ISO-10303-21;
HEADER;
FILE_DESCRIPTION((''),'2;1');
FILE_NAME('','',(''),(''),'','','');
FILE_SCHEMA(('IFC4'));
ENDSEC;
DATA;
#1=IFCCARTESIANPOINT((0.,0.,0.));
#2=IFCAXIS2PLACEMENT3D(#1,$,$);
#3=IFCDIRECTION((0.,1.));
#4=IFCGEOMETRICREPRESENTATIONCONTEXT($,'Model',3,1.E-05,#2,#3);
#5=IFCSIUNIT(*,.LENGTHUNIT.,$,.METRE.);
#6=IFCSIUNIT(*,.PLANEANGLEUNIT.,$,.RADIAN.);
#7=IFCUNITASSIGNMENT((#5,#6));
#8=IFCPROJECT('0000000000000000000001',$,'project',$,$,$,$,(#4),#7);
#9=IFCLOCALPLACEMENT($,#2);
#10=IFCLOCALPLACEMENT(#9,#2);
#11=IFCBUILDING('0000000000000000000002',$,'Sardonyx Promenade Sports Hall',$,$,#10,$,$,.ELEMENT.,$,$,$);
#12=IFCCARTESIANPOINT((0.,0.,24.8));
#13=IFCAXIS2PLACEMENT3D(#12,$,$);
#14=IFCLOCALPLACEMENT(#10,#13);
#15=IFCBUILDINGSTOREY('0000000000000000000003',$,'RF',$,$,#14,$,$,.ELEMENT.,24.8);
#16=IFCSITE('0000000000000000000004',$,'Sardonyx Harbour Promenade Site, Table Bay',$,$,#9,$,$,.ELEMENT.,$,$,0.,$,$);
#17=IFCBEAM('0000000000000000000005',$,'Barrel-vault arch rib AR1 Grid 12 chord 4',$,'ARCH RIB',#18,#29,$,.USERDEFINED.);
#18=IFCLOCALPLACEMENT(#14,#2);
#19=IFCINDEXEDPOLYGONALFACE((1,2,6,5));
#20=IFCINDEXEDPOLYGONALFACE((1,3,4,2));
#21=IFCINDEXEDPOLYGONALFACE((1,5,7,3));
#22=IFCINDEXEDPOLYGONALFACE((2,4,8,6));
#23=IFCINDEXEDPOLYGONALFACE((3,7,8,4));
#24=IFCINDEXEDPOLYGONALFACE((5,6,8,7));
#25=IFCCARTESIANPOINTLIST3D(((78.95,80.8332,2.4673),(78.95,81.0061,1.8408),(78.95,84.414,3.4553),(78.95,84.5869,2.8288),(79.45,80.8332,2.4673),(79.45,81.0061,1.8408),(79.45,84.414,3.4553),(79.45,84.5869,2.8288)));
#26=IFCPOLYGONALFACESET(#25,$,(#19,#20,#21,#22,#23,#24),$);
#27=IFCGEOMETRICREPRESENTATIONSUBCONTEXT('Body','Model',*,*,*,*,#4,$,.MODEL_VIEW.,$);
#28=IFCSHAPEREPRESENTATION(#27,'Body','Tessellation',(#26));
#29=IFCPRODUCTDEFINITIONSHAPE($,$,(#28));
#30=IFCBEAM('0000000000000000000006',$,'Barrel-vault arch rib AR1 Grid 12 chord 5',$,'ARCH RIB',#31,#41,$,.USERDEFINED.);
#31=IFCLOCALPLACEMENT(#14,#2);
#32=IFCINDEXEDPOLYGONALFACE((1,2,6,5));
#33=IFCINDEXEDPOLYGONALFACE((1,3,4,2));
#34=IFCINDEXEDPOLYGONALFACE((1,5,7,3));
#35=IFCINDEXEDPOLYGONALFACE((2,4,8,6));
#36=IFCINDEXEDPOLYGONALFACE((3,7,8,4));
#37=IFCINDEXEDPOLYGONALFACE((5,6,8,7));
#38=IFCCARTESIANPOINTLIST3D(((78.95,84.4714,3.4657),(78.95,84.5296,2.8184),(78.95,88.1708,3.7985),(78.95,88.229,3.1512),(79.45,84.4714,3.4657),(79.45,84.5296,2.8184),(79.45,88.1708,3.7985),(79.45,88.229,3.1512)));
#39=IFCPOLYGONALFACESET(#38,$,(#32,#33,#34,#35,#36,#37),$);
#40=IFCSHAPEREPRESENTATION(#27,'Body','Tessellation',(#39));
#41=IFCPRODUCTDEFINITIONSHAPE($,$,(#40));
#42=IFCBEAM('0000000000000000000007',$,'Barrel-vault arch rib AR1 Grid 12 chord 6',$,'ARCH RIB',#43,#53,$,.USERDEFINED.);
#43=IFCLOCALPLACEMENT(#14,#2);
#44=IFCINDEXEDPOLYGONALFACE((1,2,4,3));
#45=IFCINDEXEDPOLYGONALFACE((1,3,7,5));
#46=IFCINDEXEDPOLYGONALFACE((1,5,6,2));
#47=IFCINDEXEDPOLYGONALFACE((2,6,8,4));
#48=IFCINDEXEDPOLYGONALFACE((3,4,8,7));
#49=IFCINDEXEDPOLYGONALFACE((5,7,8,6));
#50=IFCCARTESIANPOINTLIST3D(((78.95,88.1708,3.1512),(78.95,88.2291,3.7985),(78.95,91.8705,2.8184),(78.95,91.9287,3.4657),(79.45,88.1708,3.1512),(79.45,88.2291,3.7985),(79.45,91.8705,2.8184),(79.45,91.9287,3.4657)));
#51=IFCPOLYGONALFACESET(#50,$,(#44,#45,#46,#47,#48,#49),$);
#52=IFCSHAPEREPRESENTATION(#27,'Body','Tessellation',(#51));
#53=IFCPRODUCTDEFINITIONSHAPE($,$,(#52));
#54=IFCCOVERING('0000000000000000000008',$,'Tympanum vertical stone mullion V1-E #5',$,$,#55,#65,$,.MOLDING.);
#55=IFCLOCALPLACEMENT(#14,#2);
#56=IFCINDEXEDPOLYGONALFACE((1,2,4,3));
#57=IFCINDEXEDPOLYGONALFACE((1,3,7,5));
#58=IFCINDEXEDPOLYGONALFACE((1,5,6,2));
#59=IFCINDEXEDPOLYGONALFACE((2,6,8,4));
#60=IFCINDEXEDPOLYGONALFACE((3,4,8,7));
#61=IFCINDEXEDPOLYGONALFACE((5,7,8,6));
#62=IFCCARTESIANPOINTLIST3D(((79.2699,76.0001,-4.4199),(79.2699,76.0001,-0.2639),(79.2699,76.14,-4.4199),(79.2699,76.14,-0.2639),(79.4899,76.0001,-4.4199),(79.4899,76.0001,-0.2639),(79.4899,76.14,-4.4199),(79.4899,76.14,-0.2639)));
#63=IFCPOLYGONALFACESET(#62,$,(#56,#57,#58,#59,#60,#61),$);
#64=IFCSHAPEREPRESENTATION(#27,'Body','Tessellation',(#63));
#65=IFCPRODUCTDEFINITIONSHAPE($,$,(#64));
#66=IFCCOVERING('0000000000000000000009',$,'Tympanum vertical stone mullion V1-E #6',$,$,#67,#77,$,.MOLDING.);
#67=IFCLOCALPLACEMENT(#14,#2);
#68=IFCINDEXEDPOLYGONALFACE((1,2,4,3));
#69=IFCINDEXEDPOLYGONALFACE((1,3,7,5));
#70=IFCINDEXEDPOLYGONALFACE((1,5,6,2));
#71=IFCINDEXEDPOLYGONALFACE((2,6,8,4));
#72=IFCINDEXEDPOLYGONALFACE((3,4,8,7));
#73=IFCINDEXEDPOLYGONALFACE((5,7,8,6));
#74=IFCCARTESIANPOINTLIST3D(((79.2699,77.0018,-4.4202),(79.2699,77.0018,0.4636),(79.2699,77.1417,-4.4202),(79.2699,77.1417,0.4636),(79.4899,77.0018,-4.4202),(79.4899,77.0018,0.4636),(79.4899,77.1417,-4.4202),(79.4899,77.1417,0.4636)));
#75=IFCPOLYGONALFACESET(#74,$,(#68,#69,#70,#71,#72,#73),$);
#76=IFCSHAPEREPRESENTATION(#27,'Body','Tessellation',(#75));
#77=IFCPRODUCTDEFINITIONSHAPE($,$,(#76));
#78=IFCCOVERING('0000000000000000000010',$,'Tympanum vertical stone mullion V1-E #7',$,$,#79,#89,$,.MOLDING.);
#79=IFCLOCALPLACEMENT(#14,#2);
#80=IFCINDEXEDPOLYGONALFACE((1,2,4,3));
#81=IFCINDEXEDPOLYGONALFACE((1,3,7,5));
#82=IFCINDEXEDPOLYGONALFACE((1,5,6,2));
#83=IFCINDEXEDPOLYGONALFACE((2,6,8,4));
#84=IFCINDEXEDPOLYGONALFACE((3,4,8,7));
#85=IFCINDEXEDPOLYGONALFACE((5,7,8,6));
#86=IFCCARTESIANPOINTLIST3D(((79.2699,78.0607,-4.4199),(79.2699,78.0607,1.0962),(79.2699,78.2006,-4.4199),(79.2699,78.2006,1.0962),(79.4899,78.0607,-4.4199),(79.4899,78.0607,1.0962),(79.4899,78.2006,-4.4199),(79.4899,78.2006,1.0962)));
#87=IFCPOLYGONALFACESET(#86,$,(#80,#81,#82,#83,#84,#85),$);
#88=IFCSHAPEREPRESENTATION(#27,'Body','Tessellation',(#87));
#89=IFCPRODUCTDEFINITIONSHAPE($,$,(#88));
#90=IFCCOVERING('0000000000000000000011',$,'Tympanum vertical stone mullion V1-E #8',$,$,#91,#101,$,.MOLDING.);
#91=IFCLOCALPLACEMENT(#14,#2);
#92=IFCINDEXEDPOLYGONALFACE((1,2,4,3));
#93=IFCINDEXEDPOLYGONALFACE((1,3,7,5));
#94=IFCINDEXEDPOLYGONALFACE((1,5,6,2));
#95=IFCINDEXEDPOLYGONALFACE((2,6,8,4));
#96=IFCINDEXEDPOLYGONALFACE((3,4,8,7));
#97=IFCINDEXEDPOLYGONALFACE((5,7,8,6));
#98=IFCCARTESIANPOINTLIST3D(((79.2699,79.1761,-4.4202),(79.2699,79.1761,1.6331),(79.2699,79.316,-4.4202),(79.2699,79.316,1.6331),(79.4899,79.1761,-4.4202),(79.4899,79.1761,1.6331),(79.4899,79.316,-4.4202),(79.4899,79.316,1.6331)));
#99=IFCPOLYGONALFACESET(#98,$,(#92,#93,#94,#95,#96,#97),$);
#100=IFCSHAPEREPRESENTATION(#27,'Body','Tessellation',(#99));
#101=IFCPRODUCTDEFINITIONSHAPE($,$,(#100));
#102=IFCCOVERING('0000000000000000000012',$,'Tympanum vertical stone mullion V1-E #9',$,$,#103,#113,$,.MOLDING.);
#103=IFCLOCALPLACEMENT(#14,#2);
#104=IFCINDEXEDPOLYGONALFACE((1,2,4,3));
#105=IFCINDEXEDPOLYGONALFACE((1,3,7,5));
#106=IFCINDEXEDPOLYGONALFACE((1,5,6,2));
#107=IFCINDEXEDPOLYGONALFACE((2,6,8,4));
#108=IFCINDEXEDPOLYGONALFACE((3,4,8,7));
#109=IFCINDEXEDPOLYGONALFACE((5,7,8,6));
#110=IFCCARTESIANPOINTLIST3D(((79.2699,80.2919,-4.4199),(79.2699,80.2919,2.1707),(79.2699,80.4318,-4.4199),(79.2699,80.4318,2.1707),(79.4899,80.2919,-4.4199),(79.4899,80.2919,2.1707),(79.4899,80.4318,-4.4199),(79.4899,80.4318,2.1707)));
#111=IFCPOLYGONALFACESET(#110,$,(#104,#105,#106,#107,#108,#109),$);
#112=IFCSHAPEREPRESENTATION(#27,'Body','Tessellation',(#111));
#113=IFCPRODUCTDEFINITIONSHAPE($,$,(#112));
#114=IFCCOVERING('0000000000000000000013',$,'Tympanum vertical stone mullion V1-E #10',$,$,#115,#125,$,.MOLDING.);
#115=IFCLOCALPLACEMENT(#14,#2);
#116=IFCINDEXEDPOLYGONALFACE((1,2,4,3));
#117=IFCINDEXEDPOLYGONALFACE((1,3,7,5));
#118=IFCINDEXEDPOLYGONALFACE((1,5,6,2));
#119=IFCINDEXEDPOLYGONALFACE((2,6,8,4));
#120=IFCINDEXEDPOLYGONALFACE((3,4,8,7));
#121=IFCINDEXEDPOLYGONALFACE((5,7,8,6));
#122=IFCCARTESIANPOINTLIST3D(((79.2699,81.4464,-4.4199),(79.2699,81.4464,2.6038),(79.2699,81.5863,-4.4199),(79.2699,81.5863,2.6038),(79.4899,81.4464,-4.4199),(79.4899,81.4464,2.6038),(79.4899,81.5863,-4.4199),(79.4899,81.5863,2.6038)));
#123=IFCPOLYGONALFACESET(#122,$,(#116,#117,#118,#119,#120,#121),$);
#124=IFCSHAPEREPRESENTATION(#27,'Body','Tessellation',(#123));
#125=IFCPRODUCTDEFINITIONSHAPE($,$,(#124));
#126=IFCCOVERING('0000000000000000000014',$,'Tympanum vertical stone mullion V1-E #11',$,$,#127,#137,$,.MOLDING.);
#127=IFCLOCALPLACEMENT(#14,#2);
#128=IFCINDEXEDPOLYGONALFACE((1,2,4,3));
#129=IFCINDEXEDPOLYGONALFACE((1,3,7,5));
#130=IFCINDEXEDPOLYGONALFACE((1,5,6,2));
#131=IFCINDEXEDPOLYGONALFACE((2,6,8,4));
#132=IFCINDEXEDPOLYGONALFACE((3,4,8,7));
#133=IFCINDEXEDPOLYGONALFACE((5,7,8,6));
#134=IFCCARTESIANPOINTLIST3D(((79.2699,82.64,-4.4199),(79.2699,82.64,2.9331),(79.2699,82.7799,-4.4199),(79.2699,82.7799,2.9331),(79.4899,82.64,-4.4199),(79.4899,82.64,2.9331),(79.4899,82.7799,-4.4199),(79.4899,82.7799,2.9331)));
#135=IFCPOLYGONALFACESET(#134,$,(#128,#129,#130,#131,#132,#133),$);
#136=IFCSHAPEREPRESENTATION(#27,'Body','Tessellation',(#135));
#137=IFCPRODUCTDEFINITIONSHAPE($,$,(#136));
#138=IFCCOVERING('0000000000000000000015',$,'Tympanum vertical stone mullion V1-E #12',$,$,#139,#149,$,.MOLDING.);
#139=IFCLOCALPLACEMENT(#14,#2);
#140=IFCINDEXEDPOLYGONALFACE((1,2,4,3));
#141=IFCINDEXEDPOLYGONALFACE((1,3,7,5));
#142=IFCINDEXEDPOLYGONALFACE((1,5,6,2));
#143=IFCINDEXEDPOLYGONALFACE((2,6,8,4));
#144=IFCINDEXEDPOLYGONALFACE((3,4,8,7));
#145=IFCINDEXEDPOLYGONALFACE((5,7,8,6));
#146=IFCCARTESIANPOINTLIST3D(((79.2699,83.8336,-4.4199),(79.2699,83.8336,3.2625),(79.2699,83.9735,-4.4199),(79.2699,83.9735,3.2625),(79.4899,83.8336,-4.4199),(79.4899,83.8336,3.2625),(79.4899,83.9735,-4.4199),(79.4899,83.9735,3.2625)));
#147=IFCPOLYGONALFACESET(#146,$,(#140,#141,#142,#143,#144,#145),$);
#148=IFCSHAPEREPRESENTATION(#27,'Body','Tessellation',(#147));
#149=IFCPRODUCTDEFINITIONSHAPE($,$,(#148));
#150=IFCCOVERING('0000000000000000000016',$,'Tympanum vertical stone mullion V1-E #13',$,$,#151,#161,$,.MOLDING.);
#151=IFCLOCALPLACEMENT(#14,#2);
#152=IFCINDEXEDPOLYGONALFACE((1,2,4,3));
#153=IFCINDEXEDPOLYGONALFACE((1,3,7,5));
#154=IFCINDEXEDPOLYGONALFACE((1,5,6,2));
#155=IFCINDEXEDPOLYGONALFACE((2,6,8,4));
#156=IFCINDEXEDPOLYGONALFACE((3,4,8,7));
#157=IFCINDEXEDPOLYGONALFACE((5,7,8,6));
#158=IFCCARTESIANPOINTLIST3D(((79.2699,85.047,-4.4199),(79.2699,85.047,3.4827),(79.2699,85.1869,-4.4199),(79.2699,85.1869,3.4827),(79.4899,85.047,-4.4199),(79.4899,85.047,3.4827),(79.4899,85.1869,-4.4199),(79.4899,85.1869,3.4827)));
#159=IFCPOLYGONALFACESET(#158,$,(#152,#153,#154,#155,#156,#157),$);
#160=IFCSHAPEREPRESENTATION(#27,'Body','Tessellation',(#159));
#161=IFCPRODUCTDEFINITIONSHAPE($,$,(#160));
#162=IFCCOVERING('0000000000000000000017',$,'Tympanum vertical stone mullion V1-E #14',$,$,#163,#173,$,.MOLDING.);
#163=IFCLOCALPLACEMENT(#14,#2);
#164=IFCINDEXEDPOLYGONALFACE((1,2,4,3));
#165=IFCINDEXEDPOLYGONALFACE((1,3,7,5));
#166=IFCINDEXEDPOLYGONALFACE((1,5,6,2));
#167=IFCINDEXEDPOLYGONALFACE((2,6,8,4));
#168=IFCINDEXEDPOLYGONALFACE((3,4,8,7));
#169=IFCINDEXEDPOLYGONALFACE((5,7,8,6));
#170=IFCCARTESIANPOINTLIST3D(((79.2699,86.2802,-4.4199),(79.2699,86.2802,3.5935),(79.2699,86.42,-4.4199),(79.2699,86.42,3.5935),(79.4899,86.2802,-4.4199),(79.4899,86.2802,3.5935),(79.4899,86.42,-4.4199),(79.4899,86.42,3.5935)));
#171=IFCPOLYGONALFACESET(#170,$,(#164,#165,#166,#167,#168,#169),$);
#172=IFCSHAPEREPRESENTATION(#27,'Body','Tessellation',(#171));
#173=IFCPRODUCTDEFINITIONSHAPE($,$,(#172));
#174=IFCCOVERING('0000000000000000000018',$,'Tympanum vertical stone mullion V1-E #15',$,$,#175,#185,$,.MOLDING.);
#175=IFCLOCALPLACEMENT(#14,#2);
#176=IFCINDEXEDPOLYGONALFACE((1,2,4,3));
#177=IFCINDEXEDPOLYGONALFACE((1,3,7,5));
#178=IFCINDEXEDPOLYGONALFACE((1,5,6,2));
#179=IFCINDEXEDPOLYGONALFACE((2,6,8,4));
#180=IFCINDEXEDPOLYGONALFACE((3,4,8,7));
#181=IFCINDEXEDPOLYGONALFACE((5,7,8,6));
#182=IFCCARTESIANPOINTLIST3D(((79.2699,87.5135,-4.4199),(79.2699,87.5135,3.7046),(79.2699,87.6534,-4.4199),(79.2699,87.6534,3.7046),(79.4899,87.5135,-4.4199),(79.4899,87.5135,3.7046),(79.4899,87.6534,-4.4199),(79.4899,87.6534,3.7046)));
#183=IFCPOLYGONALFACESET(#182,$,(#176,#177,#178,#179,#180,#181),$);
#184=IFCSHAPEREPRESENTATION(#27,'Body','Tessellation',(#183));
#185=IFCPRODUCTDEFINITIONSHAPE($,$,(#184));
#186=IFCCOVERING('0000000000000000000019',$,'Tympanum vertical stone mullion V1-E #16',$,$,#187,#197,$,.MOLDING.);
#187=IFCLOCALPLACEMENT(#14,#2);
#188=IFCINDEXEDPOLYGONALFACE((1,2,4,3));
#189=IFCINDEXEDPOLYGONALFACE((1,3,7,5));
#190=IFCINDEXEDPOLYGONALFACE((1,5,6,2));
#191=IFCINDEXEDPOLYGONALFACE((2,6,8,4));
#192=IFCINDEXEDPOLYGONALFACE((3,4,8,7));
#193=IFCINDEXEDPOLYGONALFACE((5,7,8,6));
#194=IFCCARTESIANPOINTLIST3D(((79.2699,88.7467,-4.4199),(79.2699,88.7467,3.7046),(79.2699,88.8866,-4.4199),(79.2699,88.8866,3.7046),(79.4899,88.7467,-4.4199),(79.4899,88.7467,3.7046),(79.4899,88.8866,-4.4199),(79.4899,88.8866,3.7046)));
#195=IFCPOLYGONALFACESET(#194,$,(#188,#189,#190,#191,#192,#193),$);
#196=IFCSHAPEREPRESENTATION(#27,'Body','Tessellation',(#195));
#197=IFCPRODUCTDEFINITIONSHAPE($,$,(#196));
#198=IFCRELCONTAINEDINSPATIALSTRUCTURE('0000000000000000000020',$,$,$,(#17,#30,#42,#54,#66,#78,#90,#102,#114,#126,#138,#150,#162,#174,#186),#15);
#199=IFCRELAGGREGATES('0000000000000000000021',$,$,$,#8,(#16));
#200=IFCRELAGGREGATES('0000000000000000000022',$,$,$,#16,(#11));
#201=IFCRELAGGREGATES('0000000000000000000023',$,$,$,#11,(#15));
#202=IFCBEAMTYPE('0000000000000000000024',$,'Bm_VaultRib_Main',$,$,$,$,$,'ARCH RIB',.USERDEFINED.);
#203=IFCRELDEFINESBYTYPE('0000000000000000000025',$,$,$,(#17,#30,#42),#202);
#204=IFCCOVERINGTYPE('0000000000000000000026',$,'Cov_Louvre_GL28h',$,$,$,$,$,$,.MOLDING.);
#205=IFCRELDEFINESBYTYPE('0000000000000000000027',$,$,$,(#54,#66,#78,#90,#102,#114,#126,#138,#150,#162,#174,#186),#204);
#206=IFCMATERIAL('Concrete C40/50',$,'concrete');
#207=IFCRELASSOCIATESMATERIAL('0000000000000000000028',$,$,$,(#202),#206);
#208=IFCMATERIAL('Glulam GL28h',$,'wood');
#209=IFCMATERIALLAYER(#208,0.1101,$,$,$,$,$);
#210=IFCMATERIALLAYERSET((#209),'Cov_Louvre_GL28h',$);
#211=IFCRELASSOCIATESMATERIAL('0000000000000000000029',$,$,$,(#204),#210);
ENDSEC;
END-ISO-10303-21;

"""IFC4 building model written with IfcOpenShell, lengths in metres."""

from ifc_helpers import new_model, si_unit, direction, frame, origin, origin_2d, place, context, subcontext, project, spatial, rectangle, extrude, material, layer, layer_set, material_profile, profile_set, type_object, element, save


model = new_model("IFC4")

# Units and contexts
model_context = context("Model", 3, precision=1e-05, world=origin(), true_north=direction((0.0, 1.0)))
body_context = subcontext(model_context, "Body", "Model", "MODEL_VIEW")
ifc_project = project(units=[si_unit("LENGTHUNIT", "METRE"), si_unit("PLANEANGLEUNIT", "RADIAN")], contexts=[model_context])

# Site, building, storey
site_placement = place(None, origin())
site = spatial("IfcSite", under=ifc_project, at=site_placement, Name="Sardonyx Harbour Promenade Site, Table Bay", CompositionType="ELEMENT", RefElevation=0.0)
building_placement = place(site_placement, origin())
building = spatial("IfcBuilding", under=site, at=building_placement, Name="Sardonyx Promenade Sports Hall", CompositionType="ELEMENT")
storey_placement = place(building_placement, frame((0.0, 0.0, 24.8)))
storey = spatial("IfcBuildingStorey", under=building, at=storey_placement, Name="RF", CompositionType="ELEMENT", Elevation=24.8)

# Beams
ifc_material_1 = material(Name="Concrete C40/50", Category="concrete")
ifc_material_profile = material_profile(ifc_material_1, rectangle(XDim=0.5, YDim=0.6499, at=origin_2d()))
ifc_profile_set = profile_set([ifc_material_profile], Name="Concrete C40/50")
beam_type = type_object("IfcBeamType", Name="Bm_VaultRib_Main", ElementType="ARCH RIB", PredefinedType="USERDEFINED", material=ifc_profile_set)
beam_1_placement = place(storey_placement, frame((79.2, 80.9197, 2.1541), z_axis=(0.0, 0.963977, 0.265986), x_axis=(-1.0, 0.0, 0.0)))
element("IfcBeam", 1, at=beam_1_placement, inside=storey, type_object=beam_type, Name="Barrel-vault arch rib AR1 Grid 12 chord 4", ObjectType="ARCH RIB", PredefinedType="USERDEFINED", context=body_context, shape_type="SweptSolid", body=[
    extrude(rectangle(XDim=0.5, YDim=0.6499, at=origin_2d()), origin(), (0.0, 0.0, 1.0), 3.7146),
])
beam_2_placement = place(storey_placement, frame((79.2, 84.5005, 3.1421), z_axis=(0.0, 0.995979, 0.089587), x_axis=(-1.0, 0.0, 0.0)))
element("IfcBeam", 2, at=beam_2_placement, inside=storey, type_object=beam_type, Name="Barrel-vault arch rib AR1 Grid 12 chord 5", ObjectType="ARCH RIB", PredefinedType="USERDEFINED", context=body_context, shape_type="SweptSolid", body=[
    extrude(rectangle(XDim=0.5, YDim=0.6499, at=origin_2d()), origin(), (0.0, 0.0, 1.0), 3.7144),
])
beam_3_placement = place(storey_placement, frame((79.2, 88.2, 3.4749), z_axis=(0.0, 0.995979, -0.089582), x_axis=(-1.0, 0.0, 0.0)))
element("IfcBeam", 3, at=beam_3_placement, inside=storey, type_object=beam_type, Name="Barrel-vault arch rib AR1 Grid 12 chord 6", ObjectType="ARCH RIB", PredefinedType="USERDEFINED", context=body_context, shape_type="SweptSolid", body=[
    extrude(rectangle(XDim=0.5, YDim=0.6499, at=origin_2d()), origin(), (0.0, 0.0, 1.0), 3.7146),
])

# Coverings
ifc_material_2 = material(Name="Glulam GL28h", Category="wood")
ifc_layer_1 = layer(ifc_material_2, 0.1101)
ifc_layer_set_1 = layer_set([ifc_layer_1], Name="Cov_Louvre_GL28h")
covering_type_1 = type_object("IfcCoveringType", Name="Cov_Louvre_GL28h", PredefinedType="MOLDING", material=ifc_layer_set_1)
covering_1_placement = place(storey_placement, frame((79.3799, 76.0701, -4.4199), z_axis=(0.0, 0.0, 1.0), x_axis=(1.0, 0.0, 0.0)))
element("IfcCovering", 4, at=covering_1_placement, inside=storey, type_object=covering_type_1, Name="Tympanum vertical stone mullion V1-E #5", PredefinedType="MOLDING", context=body_context, shape_type="SweptSolid", body=[
    extrude(rectangle(XDim=0.22, YDim=0.1399, at=origin_2d()), origin(), (0.0, 0.0, 1.0), 4.156),
])
covering_2_placement = place(storey_placement, frame((79.3799, 77.0718, -4.4202), z_axis=(0.0, 0.0, 1.0), x_axis=(1.0, 0.0, 0.0)))
element("IfcCovering", 5, at=covering_2_placement, inside=storey, type_object=covering_type_1, Name="Tympanum vertical stone mullion V1-E #6", PredefinedType="MOLDING", context=body_context, shape_type="SweptSolid", body=[
    extrude(rectangle(XDim=0.22, YDim=0.1399, at=origin_2d()), origin(), (0.0, 0.0, 1.0), 4.8838),
])
covering_3_placement = place(storey_placement, frame((79.3799, 78.1306, -4.4199), z_axis=(0.0, 0.0, 1.0), x_axis=(1.0, 0.0, 0.0)))
element("IfcCovering", 6, at=covering_3_placement, inside=storey, type_object=covering_type_1, Name="Tympanum vertical stone mullion V1-E #7", PredefinedType="MOLDING", context=body_context, shape_type="SweptSolid", body=[
    extrude(rectangle(XDim=0.22, YDim=0.1399, at=origin_2d()), origin(), (0.0, 0.0, 1.0), 5.5161),
])
covering_4_placement = place(storey_placement, frame((79.3799, 79.2461, -4.4202), z_axis=(0.0, 0.0, 1.0), x_axis=(1.0, 0.0, 0.0)))
element("IfcCovering", 7, at=covering_4_placement, inside=storey, type_object=covering_type_1, Name="Tympanum vertical stone mullion V1-E #8", PredefinedType="MOLDING", context=body_context, shape_type="SweptSolid", body=[
    extrude(rectangle(XDim=0.22, YDim=0.1399, at=origin_2d()), origin(), (0.0, 0.0, 1.0), 6.0532),
])
covering_5_placement = place(storey_placement, frame((79.3799, 80.3618, -4.4199), z_axis=(0.0, 0.0, 1.0), x_axis=(1.0, 0.0, 0.0)))
element("IfcCovering", 8, at=covering_5_placement, inside=storey, type_object=covering_type_1, Name="Tympanum vertical stone mullion V1-E #9", PredefinedType="MOLDING", context=body_context, shape_type="SweptSolid", body=[
    extrude(rectangle(XDim=0.22, YDim=0.1399, at=origin_2d()), origin(), (0.0, 0.0, 1.0), 6.5906),
])
covering_6_placement = place(storey_placement, frame((79.3799, 81.5164, -4.4199), z_axis=(0.0, 0.0, 1.0), x_axis=(1.0, 0.0, 0.0)))
element("IfcCovering", 9, at=covering_6_placement, inside=storey, type_object=covering_type_1, Name="Tympanum vertical stone mullion V1-E #10", PredefinedType="MOLDING", context=body_context, shape_type="SweptSolid", body=[
    extrude(rectangle(XDim=0.22, YDim=0.1399, at=origin_2d()), origin(), (0.0, 0.0, 1.0), 7.0237),
])
covering_7_placement = place(storey_placement, frame((79.3799, 82.71, -4.4199), z_axis=(0.0, 0.0, 1.0), x_axis=(1.0, 0.0, 0.0)))
element("IfcCovering", 10, at=covering_7_placement, inside=storey, type_object=covering_type_1, Name="Tympanum vertical stone mullion V1-E #11", PredefinedType="MOLDING", context=body_context, shape_type="SweptSolid", body=[
    extrude(rectangle(XDim=0.22, YDim=0.1399, at=origin_2d()), origin(), (0.0, 0.0, 1.0), 7.353),
])
covering_8_placement = place(storey_placement, frame((79.3799, 83.9036, -4.4199), z_axis=(0.0, 0.0, 1.0), x_axis=(1.0, 0.0, 0.0)))
element("IfcCovering", 11, at=covering_8_placement, inside=storey, type_object=covering_type_1, Name="Tympanum vertical stone mullion V1-E #12", PredefinedType="MOLDING", context=body_context, shape_type="SweptSolid", body=[
    extrude(rectangle(XDim=0.22, YDim=0.1399, at=origin_2d()), origin(), (0.0, 0.0, 1.0), 7.6824),
])
covering_9_placement = place(storey_placement, frame((79.3799, 85.1169, -4.4199), z_axis=(0.0, 0.0, 1.0), x_axis=(1.0, 0.0, 0.0)))
element("IfcCovering", 12, at=covering_9_placement, inside=storey, type_object=covering_type_1, Name="Tympanum vertical stone mullion V1-E #13", PredefinedType="MOLDING", context=body_context, shape_type="SweptSolid", body=[
    extrude(rectangle(XDim=0.22, YDim=0.1399, at=origin_2d()), origin(), (0.0, 0.0, 1.0), 7.9026),
])
covering_10_placement = place(storey_placement, frame((79.3799, 86.3501, -4.4199), z_axis=(0.0, 0.0, 1.0), x_axis=(1.0, 0.0, 0.0)))
element("IfcCovering", 13, at=covering_10_placement, inside=storey, type_object=covering_type_1, Name="Tympanum vertical stone mullion V1-E #14", PredefinedType="MOLDING", context=body_context, shape_type="SweptSolid", body=[
    extrude(rectangle(XDim=0.22, YDim=0.1399, at=origin_2d()), origin(), (0.0, 0.0, 1.0), 8.0134),
])
for number, where, z_axis, x_axis, name in (
    (14, (79.3799, 87.5835, -4.4199), (0.0, 0.0, 1.0), (1.0, 0.0, 0.0), "Tympanum vertical stone mullion V1-E #15"),
    (15, (79.3799, 88.8167, -4.4199), (0.0, 0.0, 1.0), (1.0, 0.0, 0.0), "Tympanum vertical stone mullion V1-E #16"),
):
    element("IfcCovering", number, at=place(storey_placement, frame(where, z_axis=z_axis, x_axis=x_axis)), inside=storey, type_object=covering_type_1, Name=name, PredefinedType="MOLDING", context=body_context, shape_type="SweptSolid", body=[
        extrude(rectangle(XDim=0.22, YDim=0.1399, at=origin_2d()), origin(), (0.0, 0.0, 1.0), 8.1245),
    ])

save(model, "model.ifc")
